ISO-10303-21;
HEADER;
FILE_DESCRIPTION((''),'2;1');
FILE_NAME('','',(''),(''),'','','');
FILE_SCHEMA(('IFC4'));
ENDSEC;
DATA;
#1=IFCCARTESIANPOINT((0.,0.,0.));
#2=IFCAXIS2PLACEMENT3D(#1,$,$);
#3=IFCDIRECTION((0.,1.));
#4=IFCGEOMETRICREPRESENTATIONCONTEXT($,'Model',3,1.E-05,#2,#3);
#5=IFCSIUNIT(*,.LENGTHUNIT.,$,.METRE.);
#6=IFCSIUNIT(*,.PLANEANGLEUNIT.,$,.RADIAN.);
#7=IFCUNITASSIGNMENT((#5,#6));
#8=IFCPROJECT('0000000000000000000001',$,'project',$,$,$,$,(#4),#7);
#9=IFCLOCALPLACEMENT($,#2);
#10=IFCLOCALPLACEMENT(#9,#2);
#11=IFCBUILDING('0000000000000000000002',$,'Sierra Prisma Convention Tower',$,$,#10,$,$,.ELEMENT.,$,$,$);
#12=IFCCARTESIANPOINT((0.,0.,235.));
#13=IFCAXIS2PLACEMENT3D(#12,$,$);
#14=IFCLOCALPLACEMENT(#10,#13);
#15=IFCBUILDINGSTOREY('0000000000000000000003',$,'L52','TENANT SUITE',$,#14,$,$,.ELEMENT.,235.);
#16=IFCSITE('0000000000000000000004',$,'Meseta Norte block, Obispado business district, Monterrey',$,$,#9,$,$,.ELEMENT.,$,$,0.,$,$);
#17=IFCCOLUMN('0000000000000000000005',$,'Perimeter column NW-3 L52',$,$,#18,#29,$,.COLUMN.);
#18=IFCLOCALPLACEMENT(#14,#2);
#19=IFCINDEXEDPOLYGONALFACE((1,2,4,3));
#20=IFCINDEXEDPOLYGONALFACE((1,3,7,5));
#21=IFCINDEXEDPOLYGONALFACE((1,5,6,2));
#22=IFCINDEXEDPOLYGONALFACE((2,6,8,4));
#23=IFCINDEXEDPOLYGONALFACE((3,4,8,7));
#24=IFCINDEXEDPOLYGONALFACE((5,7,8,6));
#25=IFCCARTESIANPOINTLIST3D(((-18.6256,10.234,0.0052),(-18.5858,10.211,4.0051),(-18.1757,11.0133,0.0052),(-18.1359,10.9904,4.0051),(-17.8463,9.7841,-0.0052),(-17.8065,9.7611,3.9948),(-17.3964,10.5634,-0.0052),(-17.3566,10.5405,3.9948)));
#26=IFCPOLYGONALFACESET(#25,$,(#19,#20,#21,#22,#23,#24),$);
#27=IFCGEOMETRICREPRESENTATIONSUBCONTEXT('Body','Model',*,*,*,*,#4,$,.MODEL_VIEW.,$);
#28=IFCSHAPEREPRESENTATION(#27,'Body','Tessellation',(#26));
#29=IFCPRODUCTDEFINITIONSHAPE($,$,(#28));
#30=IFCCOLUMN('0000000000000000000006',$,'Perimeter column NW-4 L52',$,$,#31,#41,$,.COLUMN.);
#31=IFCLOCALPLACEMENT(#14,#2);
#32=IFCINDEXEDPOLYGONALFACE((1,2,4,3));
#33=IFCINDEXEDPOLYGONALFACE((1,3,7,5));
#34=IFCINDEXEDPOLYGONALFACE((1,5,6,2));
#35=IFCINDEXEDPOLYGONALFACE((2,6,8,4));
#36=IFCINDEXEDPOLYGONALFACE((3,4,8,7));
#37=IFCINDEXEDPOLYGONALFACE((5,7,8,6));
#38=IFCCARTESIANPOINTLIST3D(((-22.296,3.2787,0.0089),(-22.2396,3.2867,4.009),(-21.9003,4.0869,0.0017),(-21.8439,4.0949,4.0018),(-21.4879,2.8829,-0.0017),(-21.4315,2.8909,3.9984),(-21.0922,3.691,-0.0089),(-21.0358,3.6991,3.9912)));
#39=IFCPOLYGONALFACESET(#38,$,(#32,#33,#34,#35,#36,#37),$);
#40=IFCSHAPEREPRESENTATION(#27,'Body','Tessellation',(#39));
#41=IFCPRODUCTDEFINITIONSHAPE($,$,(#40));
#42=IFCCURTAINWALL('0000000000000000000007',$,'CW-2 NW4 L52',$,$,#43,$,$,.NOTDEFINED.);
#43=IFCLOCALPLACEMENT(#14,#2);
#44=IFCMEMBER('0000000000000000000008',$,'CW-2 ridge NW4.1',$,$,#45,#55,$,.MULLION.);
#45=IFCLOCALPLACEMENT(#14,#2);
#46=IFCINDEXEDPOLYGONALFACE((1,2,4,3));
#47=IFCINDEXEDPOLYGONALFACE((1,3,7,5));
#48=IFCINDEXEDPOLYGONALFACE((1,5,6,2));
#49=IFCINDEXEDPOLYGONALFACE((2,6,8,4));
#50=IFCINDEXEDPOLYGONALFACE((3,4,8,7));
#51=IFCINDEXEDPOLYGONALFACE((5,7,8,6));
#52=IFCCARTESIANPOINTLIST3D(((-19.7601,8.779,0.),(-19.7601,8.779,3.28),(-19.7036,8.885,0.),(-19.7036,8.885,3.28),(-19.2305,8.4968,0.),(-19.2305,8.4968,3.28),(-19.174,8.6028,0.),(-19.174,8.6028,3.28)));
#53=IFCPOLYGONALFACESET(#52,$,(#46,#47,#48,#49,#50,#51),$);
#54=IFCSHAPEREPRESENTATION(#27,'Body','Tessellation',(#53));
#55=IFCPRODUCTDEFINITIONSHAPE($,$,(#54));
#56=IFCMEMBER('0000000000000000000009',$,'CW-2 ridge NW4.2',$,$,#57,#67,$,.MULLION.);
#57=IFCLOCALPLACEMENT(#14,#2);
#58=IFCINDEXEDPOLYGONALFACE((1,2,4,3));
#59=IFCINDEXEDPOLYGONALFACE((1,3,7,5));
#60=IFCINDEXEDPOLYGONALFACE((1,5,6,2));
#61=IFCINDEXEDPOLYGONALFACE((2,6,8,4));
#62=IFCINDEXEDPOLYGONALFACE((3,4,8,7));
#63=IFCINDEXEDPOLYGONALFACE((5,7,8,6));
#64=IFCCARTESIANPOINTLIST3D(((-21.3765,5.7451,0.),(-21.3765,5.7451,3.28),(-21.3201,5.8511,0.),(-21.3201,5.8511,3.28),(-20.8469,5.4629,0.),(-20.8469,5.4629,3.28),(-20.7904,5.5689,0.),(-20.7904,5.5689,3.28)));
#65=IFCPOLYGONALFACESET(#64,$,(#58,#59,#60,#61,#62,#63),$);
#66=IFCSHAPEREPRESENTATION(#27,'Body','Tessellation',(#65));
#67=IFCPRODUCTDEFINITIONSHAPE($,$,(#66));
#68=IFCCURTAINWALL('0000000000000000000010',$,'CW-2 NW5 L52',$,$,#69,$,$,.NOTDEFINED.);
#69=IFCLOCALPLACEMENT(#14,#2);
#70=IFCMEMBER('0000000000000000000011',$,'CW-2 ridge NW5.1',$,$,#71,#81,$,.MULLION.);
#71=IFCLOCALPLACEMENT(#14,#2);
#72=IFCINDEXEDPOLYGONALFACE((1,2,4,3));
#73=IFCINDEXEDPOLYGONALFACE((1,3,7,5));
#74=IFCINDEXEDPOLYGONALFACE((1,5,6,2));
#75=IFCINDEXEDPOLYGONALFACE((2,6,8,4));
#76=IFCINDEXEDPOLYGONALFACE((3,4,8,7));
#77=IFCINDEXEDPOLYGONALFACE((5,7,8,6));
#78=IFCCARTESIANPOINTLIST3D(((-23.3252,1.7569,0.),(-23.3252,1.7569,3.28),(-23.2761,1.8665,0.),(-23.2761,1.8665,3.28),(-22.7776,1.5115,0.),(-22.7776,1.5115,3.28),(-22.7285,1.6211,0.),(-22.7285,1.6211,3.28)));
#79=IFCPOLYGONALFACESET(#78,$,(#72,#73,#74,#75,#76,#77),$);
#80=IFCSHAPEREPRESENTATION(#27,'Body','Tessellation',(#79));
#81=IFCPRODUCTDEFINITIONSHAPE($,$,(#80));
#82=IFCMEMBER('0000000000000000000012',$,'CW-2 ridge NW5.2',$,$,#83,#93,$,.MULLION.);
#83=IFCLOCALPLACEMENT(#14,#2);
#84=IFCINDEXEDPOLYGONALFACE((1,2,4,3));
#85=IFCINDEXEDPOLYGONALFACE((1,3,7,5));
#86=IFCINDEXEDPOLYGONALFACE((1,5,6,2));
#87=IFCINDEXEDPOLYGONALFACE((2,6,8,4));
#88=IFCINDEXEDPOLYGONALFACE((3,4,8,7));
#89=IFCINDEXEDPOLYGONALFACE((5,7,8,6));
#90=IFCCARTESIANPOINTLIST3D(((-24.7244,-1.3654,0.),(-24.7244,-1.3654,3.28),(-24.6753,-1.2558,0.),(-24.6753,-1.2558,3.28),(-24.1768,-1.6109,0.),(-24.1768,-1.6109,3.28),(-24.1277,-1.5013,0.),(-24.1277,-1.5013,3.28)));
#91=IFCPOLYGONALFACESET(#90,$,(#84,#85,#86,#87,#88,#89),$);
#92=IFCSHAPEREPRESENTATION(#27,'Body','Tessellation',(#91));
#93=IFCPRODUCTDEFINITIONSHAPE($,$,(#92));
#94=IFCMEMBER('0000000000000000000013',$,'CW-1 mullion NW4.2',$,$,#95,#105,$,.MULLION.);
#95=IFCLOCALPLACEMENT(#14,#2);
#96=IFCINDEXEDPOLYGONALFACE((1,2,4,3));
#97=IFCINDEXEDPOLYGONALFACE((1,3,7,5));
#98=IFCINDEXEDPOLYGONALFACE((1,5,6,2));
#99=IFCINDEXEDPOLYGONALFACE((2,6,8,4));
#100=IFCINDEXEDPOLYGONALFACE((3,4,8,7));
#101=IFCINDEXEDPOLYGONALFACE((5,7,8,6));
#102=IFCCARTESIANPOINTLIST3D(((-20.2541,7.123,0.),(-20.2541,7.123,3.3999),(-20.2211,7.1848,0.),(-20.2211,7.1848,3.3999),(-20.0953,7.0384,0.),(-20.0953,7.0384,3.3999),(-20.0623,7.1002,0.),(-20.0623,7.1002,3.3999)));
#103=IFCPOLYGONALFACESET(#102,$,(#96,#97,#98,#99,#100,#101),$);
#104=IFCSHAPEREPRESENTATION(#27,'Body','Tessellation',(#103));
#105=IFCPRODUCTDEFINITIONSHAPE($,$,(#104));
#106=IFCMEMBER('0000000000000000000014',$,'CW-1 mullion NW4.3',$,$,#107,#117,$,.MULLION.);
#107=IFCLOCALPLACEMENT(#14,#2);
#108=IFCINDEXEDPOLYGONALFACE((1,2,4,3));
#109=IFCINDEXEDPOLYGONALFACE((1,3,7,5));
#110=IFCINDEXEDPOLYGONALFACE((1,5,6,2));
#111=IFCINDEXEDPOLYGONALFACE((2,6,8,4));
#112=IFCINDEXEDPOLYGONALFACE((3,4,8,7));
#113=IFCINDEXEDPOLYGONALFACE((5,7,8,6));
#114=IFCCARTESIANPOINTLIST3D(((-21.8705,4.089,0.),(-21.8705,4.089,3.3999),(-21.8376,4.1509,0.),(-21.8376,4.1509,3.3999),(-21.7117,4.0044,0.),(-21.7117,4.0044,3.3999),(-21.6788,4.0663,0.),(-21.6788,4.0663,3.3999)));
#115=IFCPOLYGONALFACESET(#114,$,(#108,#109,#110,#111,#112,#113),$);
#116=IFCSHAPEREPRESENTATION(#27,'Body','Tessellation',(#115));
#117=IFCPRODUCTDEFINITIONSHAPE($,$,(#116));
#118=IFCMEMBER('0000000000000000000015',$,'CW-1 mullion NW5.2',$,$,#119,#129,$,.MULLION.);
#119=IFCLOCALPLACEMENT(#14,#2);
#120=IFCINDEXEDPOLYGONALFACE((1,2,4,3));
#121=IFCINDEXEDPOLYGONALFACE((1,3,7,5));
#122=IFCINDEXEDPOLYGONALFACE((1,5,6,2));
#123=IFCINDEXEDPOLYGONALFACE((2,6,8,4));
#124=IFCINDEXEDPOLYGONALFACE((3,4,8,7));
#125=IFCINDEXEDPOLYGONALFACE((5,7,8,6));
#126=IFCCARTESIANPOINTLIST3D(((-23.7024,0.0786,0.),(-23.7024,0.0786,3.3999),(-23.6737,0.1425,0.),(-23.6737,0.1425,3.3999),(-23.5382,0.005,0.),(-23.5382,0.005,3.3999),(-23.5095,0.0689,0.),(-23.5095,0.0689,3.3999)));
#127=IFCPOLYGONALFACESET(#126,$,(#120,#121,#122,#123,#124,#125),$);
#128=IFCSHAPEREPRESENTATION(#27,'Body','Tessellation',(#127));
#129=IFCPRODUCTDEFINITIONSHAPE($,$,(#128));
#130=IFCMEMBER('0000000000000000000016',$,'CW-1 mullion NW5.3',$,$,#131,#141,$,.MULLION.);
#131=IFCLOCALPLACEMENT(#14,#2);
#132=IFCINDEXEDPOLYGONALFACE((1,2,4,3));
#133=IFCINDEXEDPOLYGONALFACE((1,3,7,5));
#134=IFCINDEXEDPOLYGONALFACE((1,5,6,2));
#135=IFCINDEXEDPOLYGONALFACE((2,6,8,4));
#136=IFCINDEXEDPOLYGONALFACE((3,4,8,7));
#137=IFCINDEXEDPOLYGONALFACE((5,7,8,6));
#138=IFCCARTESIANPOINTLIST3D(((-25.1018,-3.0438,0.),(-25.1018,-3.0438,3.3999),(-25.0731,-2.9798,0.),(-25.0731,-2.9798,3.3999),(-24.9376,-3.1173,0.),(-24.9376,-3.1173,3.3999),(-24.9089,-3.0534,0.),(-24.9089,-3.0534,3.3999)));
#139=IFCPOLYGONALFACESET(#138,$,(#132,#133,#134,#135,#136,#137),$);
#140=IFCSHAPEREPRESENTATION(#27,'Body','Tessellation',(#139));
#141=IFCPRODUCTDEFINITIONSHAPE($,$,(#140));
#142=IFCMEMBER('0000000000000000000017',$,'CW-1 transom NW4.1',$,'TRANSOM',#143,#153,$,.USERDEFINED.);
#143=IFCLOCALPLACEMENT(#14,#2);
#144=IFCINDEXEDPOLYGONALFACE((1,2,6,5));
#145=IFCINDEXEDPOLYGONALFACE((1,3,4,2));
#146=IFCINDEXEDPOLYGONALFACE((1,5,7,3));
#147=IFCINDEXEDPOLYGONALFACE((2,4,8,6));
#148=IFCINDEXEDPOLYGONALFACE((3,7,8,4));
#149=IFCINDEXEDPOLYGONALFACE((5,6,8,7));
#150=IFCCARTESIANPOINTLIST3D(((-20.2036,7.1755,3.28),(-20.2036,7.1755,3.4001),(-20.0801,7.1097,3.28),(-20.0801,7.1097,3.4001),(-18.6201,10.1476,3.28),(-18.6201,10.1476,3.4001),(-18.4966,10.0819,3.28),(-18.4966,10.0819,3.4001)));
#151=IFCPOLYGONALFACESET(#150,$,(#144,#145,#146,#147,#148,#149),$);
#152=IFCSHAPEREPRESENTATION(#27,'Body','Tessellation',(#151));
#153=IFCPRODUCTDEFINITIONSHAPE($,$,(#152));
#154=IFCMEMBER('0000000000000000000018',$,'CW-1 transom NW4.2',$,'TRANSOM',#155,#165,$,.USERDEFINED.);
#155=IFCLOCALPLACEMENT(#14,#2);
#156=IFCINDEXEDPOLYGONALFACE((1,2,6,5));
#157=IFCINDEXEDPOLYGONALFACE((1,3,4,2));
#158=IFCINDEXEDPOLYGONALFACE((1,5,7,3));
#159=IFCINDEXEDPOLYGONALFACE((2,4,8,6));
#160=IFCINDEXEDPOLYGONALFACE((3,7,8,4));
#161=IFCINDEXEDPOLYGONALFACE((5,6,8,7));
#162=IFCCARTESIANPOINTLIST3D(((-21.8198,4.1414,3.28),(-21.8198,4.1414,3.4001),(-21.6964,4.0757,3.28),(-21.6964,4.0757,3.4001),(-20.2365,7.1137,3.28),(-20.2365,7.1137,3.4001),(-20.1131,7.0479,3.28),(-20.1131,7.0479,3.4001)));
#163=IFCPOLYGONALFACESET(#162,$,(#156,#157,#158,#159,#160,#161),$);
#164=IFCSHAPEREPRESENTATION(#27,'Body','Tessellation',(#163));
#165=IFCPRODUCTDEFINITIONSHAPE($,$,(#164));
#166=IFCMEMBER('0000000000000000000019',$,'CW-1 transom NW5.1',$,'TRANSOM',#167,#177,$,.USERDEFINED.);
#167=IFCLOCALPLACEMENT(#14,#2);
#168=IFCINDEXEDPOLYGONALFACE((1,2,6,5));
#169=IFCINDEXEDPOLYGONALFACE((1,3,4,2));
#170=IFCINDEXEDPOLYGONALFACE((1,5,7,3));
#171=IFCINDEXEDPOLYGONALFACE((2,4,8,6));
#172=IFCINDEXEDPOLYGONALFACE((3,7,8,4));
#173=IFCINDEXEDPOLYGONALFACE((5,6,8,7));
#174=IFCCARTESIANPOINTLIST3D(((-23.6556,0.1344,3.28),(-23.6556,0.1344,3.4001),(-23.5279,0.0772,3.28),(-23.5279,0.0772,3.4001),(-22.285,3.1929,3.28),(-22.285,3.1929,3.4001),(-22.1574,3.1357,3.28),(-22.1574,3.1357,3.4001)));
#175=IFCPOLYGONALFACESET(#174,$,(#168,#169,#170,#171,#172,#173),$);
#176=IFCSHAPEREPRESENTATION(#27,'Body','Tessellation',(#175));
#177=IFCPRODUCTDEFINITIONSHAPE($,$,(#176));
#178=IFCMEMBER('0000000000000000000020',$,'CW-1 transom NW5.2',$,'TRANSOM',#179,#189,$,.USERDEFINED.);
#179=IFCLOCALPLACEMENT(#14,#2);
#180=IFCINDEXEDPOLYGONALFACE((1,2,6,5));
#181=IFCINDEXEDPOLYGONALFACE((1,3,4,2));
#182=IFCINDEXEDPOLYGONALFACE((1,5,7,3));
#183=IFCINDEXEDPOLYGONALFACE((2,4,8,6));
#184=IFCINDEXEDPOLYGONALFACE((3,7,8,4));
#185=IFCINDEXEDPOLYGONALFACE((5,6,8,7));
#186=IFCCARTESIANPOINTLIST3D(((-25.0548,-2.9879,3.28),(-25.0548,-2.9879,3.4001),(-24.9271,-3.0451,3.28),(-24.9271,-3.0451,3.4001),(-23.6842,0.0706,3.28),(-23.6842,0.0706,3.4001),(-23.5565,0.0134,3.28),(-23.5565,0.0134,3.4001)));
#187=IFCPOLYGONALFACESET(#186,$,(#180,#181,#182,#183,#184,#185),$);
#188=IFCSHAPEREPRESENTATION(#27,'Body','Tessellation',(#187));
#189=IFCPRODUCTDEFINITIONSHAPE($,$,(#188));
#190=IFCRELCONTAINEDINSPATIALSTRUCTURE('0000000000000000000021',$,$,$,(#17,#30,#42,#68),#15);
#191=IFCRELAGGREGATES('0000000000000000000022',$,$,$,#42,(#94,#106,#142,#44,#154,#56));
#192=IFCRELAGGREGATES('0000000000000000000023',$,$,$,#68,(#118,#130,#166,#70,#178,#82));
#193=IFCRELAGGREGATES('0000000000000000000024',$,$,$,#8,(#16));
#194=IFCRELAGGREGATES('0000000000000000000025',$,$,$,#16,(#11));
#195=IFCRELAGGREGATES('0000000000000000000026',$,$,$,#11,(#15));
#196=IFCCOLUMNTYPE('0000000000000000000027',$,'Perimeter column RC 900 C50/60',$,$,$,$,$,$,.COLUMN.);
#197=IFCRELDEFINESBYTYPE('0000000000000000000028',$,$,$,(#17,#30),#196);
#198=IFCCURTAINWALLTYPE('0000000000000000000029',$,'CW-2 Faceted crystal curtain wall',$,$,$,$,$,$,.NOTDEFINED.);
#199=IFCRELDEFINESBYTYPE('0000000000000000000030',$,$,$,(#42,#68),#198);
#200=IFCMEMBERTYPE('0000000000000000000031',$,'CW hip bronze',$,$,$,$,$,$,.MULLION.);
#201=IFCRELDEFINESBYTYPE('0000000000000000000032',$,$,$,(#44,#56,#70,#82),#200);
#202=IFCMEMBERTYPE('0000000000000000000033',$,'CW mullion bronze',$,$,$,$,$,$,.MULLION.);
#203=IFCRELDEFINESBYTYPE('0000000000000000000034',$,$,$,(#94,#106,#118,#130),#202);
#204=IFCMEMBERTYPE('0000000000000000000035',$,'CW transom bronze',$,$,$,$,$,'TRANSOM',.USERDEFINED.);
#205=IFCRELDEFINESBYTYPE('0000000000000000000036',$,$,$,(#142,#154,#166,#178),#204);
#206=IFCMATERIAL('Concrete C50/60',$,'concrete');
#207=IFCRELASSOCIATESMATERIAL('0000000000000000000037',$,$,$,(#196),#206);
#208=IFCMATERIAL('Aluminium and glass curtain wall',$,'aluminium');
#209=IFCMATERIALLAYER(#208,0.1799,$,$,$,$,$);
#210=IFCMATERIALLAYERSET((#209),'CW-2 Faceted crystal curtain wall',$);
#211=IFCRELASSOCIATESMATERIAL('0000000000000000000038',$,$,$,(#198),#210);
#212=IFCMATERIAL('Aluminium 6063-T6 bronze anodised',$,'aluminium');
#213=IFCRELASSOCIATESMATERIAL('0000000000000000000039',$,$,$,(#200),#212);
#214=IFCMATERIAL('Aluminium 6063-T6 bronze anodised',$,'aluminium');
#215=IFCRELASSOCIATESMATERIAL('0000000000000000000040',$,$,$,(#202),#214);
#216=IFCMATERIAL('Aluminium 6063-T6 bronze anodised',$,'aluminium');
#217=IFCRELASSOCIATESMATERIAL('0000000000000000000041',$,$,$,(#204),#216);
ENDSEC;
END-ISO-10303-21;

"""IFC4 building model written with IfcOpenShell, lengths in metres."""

from ifc_helpers import new_model, si_unit, direction, frame, origin, origin_2d, place, context, subcontext, project, spatial, rectangle, extrude, material, layer, layer_set, material_profile, profile_set, type_object, element, aggregate, save


model = new_model("IFC4")

# Units and contexts
model_context = context("Model", 3, precision=1e-05, world=origin(), true_north=direction((0.0, 1.0)))
body_context = subcontext(model_context, "Body", "Model", "MODEL_VIEW")
ifc_project = project(units=[si_unit("LENGTHUNIT", "METRE"), si_unit("PLANEANGLEUNIT", "RADIAN")], contexts=[model_context])

# Site, building, storey
site_placement = place(None, origin())
site = spatial("IfcSite", under=ifc_project, at=site_placement, Name="Meseta Norte block, Obispado business district, Monterrey", CompositionType="ELEMENT", RefElevation=0.0)
building_placement = place(site_placement, origin())
building = spatial("IfcBuilding", under=site, at=building_placement, Name="Sierra Prisma Convention Tower", CompositionType="ELEMENT")
storey_placement = place(building_placement, frame((0.0, 0.0, 235.0)))
storey = spatial("IfcBuildingStorey", under=building, at=storey_placement, Name="L52", Description="TENANT SUITE", CompositionType="ELEMENT", Elevation=235.0)

# Columns
ifc_material_1 = material(Name="Concrete C50/60", Category="concrete")
ifc_material_profile_1 = material_profile(ifc_material_1, rectangle(XDim=0.8999, YDim=0.8999, at=origin_2d()), Name="Perimeter column RC 900 C50/60")
ifc_profile_set_1 = profile_set([ifc_material_profile_1], Name="Concrete C50/60")
column_type = type_object("IfcColumnType", Name="Perimeter column RC 900 C50/60", PredefinedType="COLUMN", material=ifc_profile_set_1)
column_1_placement = place(storey_placement, frame((-18.011, 10.3987, 0.0), z_axis=(0.009948, -0.005737, 0.999934), x_axis=(0.499975, 0.86604, -0.000005)))
element("IfcColumn", 1, at=column_1_placement, inside=storey, type_object=column_type, Name="Perimeter column NW-3 L52", PredefinedType="COLUMN", context=body_context, shape_type="SweptSolid", body=[
    extrude(rectangle(XDim=0.8999, YDim=0.8999, at=origin_2d()), origin(), (0.0, 0.0, 1.0), 4.0002),
])
column_2_placement = place(storey_placement, frame((-21.6941, 3.4849, 0.0), z_axis=(0.014098, 0.002014, 0.999899), x_axis=(0.439784, 0.898068, -0.008009)))
element("IfcColumn", 2, at=column_2_placement, inside=storey, type_object=column_type, Name="Perimeter column NW-4 L52", PredefinedType="COLUMN", context=body_context, shape_type="SweptSolid", body=[
    extrude(rectangle(XDim=0.8999, YDim=0.8999, at=origin_2d()), origin(), (0.0, 0.0, 1.0), 4.0005),
])

# Curtain walls, members
ifc_material_2 = material(Name="Aluminium and glass curtain wall", Category="aluminium")
ifc_layer_1 = layer(ifc_material_2, 0.1799)
ifc_layer_set_1 = layer_set([ifc_layer_1], Name="CW-2 Faceted crystal curtain wall")
curtain_wall_type = type_object("IfcCurtainWallType", Name="CW-2 Faceted crystal curtain wall", PredefinedType="NOTDEFINED", material=ifc_layer_set_1)
curtain_wall_1_placement = place(storey_placement, origin())
curtain_wall_1 = element("IfcCurtainWall", 3, at=curtain_wall_1_placement, inside=storey, type_object=curtain_wall_type, Name="CW-2 NW4 L52", PredefinedType="NOTDEFINED")
ifc_material_3 = material(Name="Aluminium 6063-T6 bronze anodised", Category="aluminium")
ifc_material_profile_2 = material_profile(ifc_material_3, rectangle(XDim=0.1201, YDim=0.6001, at=origin_2d()), Name="ALU RIDGE BLADE 120x600")
ifc_profile_set_2 = profile_set([ifc_material_profile_2], Name="Aluminium 6063-T6 bronze anodised")
member_type_1 = type_object("IfcMemberType", Name="CW hip bronze", PredefinedType="MULLION", material=ifc_profile_set_2)
member_1_placement = place(storey_placement, frame((-19.467, 8.6909, 0.0), z_axis=(0.0, 0.0, 1.0), x_axis=(-0.470187, -0.882567, 0.0)))
member_1 = element("IfcMember", 4, at=member_1_placement, type_object=member_type_1, Name="CW-2 ridge NW4.1", PredefinedType="MULLION", context=body_context, shape_type="SweptSolid", body=[
    extrude(rectangle(XDim=0.1201, YDim=0.6001, at=origin_2d()), origin(), (0.0, 0.0, 1.0), 3.28),
])
member_2_placement = place(storey_placement, frame((-21.0835, 5.657, 0.0), z_axis=(0.0, 0.0, 1.0), x_axis=(-0.470187, -0.882567, 0.0)))
member_2 = element("IfcMember", 5, at=member_2_placement, type_object=member_type_1, Name="CW-2 ridge NW4.2", PredefinedType="MULLION", context=body_context, shape_type="SweptSolid", body=[
    extrude(rectangle(XDim=0.1201, YDim=0.6001, at=origin_2d()), origin(), (0.0, 0.0, 1.0), 3.28),
])
curtain_wall_2_placement = place(storey_placement, origin())
curtain_wall_2 = element("IfcCurtainWall", 6, at=curtain_wall_2_placement, inside=storey, type_object=curtain_wall_type, Name="CW-2 NW5 L52", PredefinedType="NOTDEFINED")
member_3_placement = place(storey_placement, frame((-23.0269, 1.689, 0.0), z_axis=(0.0, 0.0, 1.0), x_axis=(-0.408957, -0.912554, 0.0)))
member_3 = element("IfcMember", 7, at=member_3_placement, type_object=member_type_1, Name="CW-2 ridge NW5.1", PredefinedType="MULLION", context=body_context, shape_type="SweptSolid", body=[
    extrude(rectangle(XDim=0.1201, YDim=0.6001, at=origin_2d()), origin(), (0.0, 0.0, 1.0), 3.28),
])
member_4_placement = place(storey_placement, frame((-24.426, -1.4333, 0.0), z_axis=(0.0, 0.0, 1.0), x_axis=(-0.408957, -0.912554, 0.0)))
member_4 = element("IfcMember", 8, at=member_4_placement, type_object=member_type_1, Name="CW-2 ridge NW5.2", PredefinedType="MULLION", context=body_context, shape_type="SweptSolid", body=[
    extrude(rectangle(XDim=0.1201, YDim=0.6001, at=origin_2d()), origin(), (0.0, 0.0, 1.0), 3.28),
])

# Members
ifc_material_4 = material(Name="Aluminium 6063-T6 bronze anodised", Category="aluminium")
ifc_material_profile_3 = material_profile(ifc_material_4, rectangle(XDim=0.1799, YDim=0.0701, at=origin_2d()), Name="ALU MULLION 70x180")
ifc_profile_set_3 = profile_set([ifc_material_profile_3], Name="Aluminium 6063-T6 bronze anodised")
member_type_2 = type_object("IfcMemberType", Name="CW mullion bronze", PredefinedType="MULLION", material=ifc_profile_set_3)
member_5_placement = place(storey_placement, frame((-20.1582, 7.1116, 0.0), z_axis=(0.0, 0.0, 1.0), x_axis=(0.882567, -0.470187, 0.0)))
member_5 = element("IfcMember", 9, at=member_5_placement, type_object=member_type_2, Name="CW-1 mullion NW4.2", PredefinedType="MULLION", context=body_context, shape_type="SweptSolid", body=[
    extrude(rectangle(XDim=0.1799, YDim=0.0701, at=origin_2d()), origin(), (0.0, 0.0, 1.0), 3.3999),
])
member_6_placement = place(storey_placement, frame((-21.7747, 4.0776, 0.0), z_axis=(0.0, 0.0, 1.0), x_axis=(0.882567, -0.470187, 0.0)))
member_6 = element("IfcMember", 10, at=member_6_placement, type_object=member_type_2, Name="CW-1 mullion NW4.3", PredefinedType="MULLION", context=body_context, shape_type="SweptSolid", body=[
    extrude(rectangle(XDim=0.1799, YDim=0.0701, at=origin_2d()), origin(), (0.0, 0.0, 1.0), 3.3999),
])
member_7_placement = place(storey_placement, frame((-23.606, 0.0737, 0.0), z_axis=(0.0, 0.0, 1.0), x_axis=(0.912554, -0.408957, 0.0)))
member_7 = element("IfcMember", 11, at=member_7_placement, type_object=member_type_2, Name="CW-1 mullion NW5.2", PredefinedType="MULLION", context=body_context, shape_type="SweptSolid", body=[
    extrude(rectangle(XDim=0.1799, YDim=0.0701, at=origin_2d()), origin(), (0.0, 0.0, 1.0), 3.3999),
])
member_8_placement = place(storey_placement, frame((-25.0054, -3.0486, 0.0), z_axis=(0.0, 0.0, 1.0), x_axis=(0.912554, -0.408957, 0.0)))
member_8 = element("IfcMember", 12, at=member_8_placement, type_object=member_type_2, Name="CW-1 mullion NW5.3", PredefinedType="MULLION", context=body_context, shape_type="SweptSolid", body=[
    extrude(rectangle(XDim=0.1799, YDim=0.0701, at=origin_2d()), origin(), (0.0, 0.0, 1.0), 3.3999),
])
ifc_material_5 = material(Name="Aluminium 6063-T6 bronze anodised", Category="aluminium")
ifc_material_profile_4 = material_profile(ifc_material_5, rectangle(XDim=0.1399, YDim=0.1201, at=origin_2d()), Name="ALU TRANSOM 120x140")
ifc_profile_set_4 = profile_set([ifc_material_profile_4], Name="Aluminium 6063-T6 bronze anodised")
member_type_3 = type_object("IfcMemberType", Name="CW transom bronze", ElementType="TRANSOM", PredefinedType="USERDEFINED", material=ifc_profile_set_4)
member_9_placement = place(storey_placement, frame((-18.5583, 10.1147, 3.3401), z_axis=(-0.470204, -0.882558, 0.0), x_axis=(0.882558, -0.470204, 0.0)))
member_9 = element("IfcMember", 13, at=member_9_placement, type_object=member_type_3, Name="CW-1 transom NW4.1", ObjectType="TRANSOM", PredefinedType="USERDEFINED", context=body_context, shape_type="SweptSolid", body=[
    extrude(rectangle(XDim=0.1399, YDim=0.1201, at=origin_2d()), origin(), (0.0, 0.0, 1.0), 3.3677),
])
member_10_placement = place(storey_placement, frame((-20.1748, 7.0808, 3.3401), z_axis=(-0.470148, -0.882588, 0.0), x_axis=(0.882588, -0.470148, 0.0)))
member_10 = element("IfcMember", 14, at=member_10_placement, type_object=member_type_3, Name="CW-1 transom NW4.2", ObjectType="TRANSOM", PredefinedType="USERDEFINED", context=body_context, shape_type="SweptSolid", body=[
    extrude(rectangle(XDim=0.1399, YDim=0.1201, at=origin_2d()), origin(), (0.0, 0.0, 1.0), 3.3677),
])
member_11_placement = place(storey_placement, frame((-22.2212, 3.1643, 3.3401), z_axis=(-0.408935, -0.912564, 0.0), x_axis=(0.912564, -0.408935, 0.0)))
member_11 = element("IfcMember", 15, at=member_11_placement, type_object=member_type_3, Name="CW-1 transom NW5.1", ObjectType="TRANSOM", PredefinedType="USERDEFINED", context=body_context, shape_type="SweptSolid", body=[
    extrude(rectangle(XDim=0.1399, YDim=0.1201, at=origin_2d()), origin(), (0.0, 0.0, 1.0), 3.3516),
])
member_12_placement = place(storey_placement, frame((-23.6204, 0.042, 3.3401), z_axis=(-0.408935, -0.912564, 0.0), x_axis=(0.912564, -0.408935, 0.0)))
member_12 = element("IfcMember", 16, at=member_12_placement, type_object=member_type_3, Name="CW-1 transom NW5.2", ObjectType="TRANSOM", PredefinedType="USERDEFINED", context=body_context, shape_type="SweptSolid", body=[
    extrude(rectangle(XDim=0.1399, YDim=0.1201, at=origin_2d()), origin(), (0.0, 0.0, 1.0), 3.3516),
])

aggregate(curtain_wall_1, [member_5, member_6, member_9, member_1, member_10, member_2])
aggregate(curtain_wall_2, [member_7, member_8, member_11, member_3, member_12, member_4])

save(model, "model.ifc")
